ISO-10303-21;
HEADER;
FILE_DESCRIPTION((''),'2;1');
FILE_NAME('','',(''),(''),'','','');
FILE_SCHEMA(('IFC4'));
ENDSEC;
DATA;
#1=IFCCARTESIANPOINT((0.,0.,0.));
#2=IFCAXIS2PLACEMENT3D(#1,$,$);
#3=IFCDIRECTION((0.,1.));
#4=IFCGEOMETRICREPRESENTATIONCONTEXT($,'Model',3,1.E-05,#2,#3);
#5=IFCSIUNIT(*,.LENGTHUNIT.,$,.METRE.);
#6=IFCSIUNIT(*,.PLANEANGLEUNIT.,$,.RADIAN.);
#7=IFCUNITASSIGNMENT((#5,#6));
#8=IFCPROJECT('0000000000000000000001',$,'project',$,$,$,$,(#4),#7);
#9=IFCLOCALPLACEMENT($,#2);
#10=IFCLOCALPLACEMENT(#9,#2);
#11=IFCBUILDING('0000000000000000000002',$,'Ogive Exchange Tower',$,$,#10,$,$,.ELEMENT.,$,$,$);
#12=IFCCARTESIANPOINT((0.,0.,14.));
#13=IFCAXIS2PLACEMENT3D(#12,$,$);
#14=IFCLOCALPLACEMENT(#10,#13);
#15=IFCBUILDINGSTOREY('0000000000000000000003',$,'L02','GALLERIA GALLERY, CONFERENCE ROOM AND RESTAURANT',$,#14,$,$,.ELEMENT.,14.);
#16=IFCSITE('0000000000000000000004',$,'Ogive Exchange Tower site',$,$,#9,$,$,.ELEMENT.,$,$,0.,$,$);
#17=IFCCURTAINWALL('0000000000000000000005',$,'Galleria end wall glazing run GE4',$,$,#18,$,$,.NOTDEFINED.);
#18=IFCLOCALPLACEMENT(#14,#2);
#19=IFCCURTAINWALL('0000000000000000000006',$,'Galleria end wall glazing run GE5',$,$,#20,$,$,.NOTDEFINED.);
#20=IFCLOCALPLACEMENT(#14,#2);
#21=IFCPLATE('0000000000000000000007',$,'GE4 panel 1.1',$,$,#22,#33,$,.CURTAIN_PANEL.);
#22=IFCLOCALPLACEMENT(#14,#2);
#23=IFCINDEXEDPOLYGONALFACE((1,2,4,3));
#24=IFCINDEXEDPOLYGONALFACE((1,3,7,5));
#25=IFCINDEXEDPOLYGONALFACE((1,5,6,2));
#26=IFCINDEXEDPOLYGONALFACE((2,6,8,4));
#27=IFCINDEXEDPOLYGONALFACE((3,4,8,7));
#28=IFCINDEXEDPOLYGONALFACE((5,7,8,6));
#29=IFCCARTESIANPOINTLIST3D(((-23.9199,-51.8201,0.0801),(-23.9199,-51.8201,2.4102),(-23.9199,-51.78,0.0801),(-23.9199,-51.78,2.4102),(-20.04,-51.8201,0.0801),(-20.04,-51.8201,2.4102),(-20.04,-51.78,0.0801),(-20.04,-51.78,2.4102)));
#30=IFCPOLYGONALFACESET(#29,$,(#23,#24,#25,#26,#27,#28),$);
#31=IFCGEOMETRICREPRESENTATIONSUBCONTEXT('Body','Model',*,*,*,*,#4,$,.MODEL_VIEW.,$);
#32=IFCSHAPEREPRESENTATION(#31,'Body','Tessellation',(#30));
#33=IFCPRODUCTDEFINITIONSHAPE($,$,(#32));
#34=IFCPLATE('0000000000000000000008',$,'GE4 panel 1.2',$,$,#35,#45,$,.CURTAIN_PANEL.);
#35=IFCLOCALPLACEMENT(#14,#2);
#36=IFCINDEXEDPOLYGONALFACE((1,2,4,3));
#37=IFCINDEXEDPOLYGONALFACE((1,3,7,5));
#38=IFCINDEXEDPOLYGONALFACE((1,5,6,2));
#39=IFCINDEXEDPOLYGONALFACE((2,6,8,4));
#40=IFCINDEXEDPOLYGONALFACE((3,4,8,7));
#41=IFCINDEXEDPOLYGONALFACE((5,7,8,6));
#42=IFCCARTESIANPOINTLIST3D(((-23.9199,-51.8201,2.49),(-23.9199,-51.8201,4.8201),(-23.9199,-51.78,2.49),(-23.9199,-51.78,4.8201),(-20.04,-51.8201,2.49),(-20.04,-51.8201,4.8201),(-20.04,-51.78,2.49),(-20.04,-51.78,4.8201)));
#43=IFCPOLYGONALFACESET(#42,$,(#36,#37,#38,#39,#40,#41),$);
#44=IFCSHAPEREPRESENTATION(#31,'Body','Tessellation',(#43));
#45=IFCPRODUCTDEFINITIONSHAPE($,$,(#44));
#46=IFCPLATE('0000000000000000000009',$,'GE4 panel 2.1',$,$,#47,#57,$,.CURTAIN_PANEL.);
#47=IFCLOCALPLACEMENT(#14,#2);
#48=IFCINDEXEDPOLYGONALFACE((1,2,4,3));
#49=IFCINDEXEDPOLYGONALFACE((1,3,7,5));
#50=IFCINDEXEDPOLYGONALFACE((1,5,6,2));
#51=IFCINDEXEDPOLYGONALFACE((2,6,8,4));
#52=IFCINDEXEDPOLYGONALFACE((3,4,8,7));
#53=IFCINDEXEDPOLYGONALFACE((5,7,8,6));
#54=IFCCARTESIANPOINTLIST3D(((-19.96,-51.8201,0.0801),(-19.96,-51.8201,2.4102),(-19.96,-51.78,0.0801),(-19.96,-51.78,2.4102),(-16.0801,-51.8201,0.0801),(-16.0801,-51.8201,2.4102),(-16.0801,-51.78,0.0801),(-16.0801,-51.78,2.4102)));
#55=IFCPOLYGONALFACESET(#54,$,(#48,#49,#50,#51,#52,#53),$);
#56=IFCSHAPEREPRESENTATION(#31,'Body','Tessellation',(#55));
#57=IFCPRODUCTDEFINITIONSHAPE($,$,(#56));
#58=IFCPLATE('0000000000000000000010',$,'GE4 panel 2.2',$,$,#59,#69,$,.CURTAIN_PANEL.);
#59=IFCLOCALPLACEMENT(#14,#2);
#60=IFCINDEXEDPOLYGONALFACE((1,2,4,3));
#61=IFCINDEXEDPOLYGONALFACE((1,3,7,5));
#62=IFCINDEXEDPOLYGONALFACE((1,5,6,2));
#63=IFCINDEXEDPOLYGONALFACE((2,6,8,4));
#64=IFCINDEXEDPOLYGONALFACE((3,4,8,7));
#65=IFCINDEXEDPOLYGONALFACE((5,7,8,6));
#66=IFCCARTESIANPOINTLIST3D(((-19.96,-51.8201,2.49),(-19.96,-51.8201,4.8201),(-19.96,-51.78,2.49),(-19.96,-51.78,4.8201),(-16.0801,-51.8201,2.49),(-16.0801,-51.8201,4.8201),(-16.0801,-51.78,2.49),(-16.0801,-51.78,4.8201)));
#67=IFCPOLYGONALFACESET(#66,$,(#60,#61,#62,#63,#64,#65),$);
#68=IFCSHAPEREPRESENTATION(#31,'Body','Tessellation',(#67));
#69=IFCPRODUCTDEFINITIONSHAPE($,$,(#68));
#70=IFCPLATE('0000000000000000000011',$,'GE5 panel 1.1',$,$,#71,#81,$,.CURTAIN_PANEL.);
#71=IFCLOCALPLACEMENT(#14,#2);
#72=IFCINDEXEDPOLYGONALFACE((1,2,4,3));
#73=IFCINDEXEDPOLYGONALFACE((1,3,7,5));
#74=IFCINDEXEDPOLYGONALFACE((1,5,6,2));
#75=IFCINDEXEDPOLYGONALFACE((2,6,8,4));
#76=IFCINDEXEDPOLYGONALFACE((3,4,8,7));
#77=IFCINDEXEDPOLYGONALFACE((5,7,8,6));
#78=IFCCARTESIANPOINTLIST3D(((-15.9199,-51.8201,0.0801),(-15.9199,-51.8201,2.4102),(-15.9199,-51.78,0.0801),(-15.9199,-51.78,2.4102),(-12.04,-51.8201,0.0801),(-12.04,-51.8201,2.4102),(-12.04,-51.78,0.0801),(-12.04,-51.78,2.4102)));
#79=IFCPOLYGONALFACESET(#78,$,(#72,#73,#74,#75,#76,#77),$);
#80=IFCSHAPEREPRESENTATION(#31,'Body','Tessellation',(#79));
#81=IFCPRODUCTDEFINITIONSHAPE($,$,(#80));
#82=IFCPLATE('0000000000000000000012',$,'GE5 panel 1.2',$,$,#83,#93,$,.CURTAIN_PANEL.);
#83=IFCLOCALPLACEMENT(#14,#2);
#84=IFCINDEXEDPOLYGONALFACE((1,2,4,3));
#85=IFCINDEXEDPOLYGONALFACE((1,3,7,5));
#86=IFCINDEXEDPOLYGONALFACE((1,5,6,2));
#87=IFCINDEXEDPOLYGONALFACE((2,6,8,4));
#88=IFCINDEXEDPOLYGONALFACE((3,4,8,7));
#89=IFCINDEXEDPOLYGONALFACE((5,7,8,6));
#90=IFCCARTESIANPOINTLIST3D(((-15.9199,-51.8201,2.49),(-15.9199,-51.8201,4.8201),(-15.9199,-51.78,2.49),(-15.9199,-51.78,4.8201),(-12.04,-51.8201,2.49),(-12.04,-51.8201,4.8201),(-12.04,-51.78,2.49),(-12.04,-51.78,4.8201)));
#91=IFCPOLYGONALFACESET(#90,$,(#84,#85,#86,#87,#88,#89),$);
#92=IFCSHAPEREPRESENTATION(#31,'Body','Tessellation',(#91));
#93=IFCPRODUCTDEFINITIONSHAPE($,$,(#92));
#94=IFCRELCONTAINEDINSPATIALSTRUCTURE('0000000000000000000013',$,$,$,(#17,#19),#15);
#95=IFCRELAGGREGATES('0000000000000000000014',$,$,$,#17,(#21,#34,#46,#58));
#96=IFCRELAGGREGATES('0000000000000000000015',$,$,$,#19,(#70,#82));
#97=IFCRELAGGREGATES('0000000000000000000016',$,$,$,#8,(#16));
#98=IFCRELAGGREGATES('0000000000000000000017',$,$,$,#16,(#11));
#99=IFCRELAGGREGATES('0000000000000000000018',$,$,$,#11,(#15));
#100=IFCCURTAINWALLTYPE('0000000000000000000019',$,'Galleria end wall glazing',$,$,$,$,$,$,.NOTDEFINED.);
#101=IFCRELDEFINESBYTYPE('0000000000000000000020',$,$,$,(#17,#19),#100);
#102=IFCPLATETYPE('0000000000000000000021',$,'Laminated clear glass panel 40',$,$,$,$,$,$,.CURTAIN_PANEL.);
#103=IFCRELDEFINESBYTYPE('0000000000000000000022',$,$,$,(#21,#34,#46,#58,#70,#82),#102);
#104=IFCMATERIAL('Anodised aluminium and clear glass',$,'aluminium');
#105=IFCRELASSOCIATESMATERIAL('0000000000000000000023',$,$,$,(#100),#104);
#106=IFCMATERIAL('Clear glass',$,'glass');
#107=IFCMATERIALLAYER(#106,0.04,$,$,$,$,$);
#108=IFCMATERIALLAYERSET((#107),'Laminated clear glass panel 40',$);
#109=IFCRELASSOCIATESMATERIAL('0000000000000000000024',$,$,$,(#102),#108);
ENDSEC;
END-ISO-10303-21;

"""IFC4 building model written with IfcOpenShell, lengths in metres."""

from ifc_helpers import new_model, si_unit, direction, frame, origin, origin_2d, place, context, subcontext, project, spatial, rectangle, extrude, material, layer, layer_set, type_object, element, aggregate, save


model = new_model("IFC4")

# Units and contexts
model_context = context("Model", 3, precision=1e-05, world=origin(), true_north=direction((0.0, 1.0)))
body_context = subcontext(model_context, "Body", "Model", "MODEL_VIEW")
ifc_project = project(units=[si_unit("LENGTHUNIT", "METRE"), si_unit("PLANEANGLEUNIT", "RADIAN")], contexts=[model_context])

# Site, building, storey
site_placement = place(None, origin())
site = spatial("IfcSite", under=ifc_project, at=site_placement, Name="Ogive Exchange Tower site", CompositionType="ELEMENT", RefElevation=0.0)
building_placement = place(site_placement, origin())
building = spatial("IfcBuilding", under=site, at=building_placement, Name="Ogive Exchange Tower", CompositionType="ELEMENT")
storey_placement = place(building_placement, frame((0.0, 0.0, 14.0)))
storey = spatial("IfcBuildingStorey", under=building, at=storey_placement, Name="L02", Description="GALLERIA GALLERY, CONFERENCE ROOM AND RESTAURANT", CompositionType="ELEMENT", Elevation=14.0)

# Curtain walls
ifc_material_1 = material(Name="Anodised aluminium and clear glass", Category="aluminium")
curtain_wall_type = type_object("IfcCurtainWallType", Name="Galleria end wall glazing", PredefinedType="NOTDEFINED", material=ifc_material_1)
curtain_wall_1_placement = place(storey_placement, origin())
curtain_wall_1 = element("IfcCurtainWall", 1, at=curtain_wall_1_placement, inside=storey, type_object=curtain_wall_type, Name="Galleria end wall glazing run GE4", PredefinedType="NOTDEFINED")
curtain_wall_2_placement = place(storey_placement, origin())
curtain_wall_2 = element("IfcCurtainWall", 2, at=curtain_wall_2_placement, inside=storey, type_object=curtain_wall_type, Name="Galleria end wall glazing run GE5", PredefinedType="NOTDEFINED")

# Plates
ifc_material_2 = material(Name="Clear glass", Category="glass")
ifc_layer = layer(ifc_material_2, 0.04)
ifc_layer_set = layer_set([ifc_layer], Name="Laminated clear glass panel 40")
plate_type = type_object("IfcPlateType", Name="Laminated clear glass panel 40", PredefinedType="CURTAIN_PANEL", material=ifc_layer_set)
plate_1_placement = place(storey_placement, frame((-21.98, -51.8, 0.0801), z_axis=(0.0, 0.0, 1.0), x_axis=(1.0, 0.0, 0.0)))
plate_1 = element("IfcPlate", 3, at=plate_1_placement, type_object=plate_type, Name="GE4 panel 1.1", PredefinedType="CURTAIN_PANEL", context=body_context, shape_type="SweptSolid", body=[
    extrude(rectangle(XDim=3.8799, YDim=0.04, at=origin_2d()), origin(), (0.0, 0.0, 1.0), 2.3301),
])
plate_2_placement = place(storey_placement, frame((-21.98, -51.8, 2.49), z_axis=(0.0, 0.0, 1.0), x_axis=(1.0, 0.0, 0.0)))
plate_2 = element("IfcPlate", 4, at=plate_2_placement, type_object=plate_type, Name="GE4 panel 1.2", PredefinedType="CURTAIN_PANEL", context=body_context, shape_type="SweptSolid", body=[
    extrude(rectangle(XDim=3.8799, YDim=0.04, at=origin_2d()), origin(), (0.0, 0.0, 1.0), 2.3301),
])
plate_3_placement = place(storey_placement, frame((-18.02, -51.8, 0.0801), z_axis=(0.0, 0.0, 1.0), x_axis=(1.0, 0.0, 0.0)))
plate_3 = element("IfcPlate", 5, at=plate_3_placement, type_object=plate_type, Name="GE4 panel 2.1", PredefinedType="CURTAIN_PANEL", context=body_context, shape_type="SweptSolid", body=[
    extrude(rectangle(XDim=3.8799, YDim=0.04, at=origin_2d()), origin(), (0.0, 0.0, 1.0), 2.3301),
])
plate_4_placement = place(storey_placement, frame((-18.02, -51.8, 2.49), z_axis=(0.0, 0.0, 1.0), x_axis=(1.0, 0.0, 0.0)))
plate_4 = element("IfcPlate", 6, at=plate_4_placement, type_object=plate_type, Name="GE4 panel 2.2", PredefinedType="CURTAIN_PANEL", context=body_context, shape_type="SweptSolid", body=[
    extrude(rectangle(XDim=3.8799, YDim=0.04, at=origin_2d()), origin(), (0.0, 0.0, 1.0), 2.3301),
])
aggregate(curtain_wall_1, [plate_1, plate_2, plate_3, plate_4])
plate_5_placement = place(storey_placement, frame((-13.98, -51.8, 0.0801), z_axis=(0.0, 0.0, 1.0), x_axis=(1.0, 0.0, 0.0)))
plate_5 = element("IfcPlate", 7, at=plate_5_placement, type_object=plate_type, Name="GE5 panel 1.1", PredefinedType="CURTAIN_PANEL", context=body_context, shape_type="SweptSolid", body=[
    extrude(rectangle(XDim=3.8799, YDim=0.04, at=origin_2d()), origin(), (0.0, 0.0, 1.0), 2.3301),
])
plate_6_placement = place(storey_placement, frame((-13.98, -51.8, 2.49), z_axis=(0.0, 0.0, 1.0), x_axis=(1.0, 0.0, 0.0)))
plate_6 = element("IfcPlate", 8, at=plate_6_placement, type_object=plate_type, Name="GE5 panel 1.2", PredefinedType="CURTAIN_PANEL", context=body_context, shape_type="SweptSolid", body=[
    extrude(rectangle(XDim=3.8799, YDim=0.04, at=origin_2d()), origin(), (0.0, 0.0, 1.0), 2.3301),
])
aggregate(curtain_wall_2, [plate_5, plate_6])

save(model, "model.ifc")
